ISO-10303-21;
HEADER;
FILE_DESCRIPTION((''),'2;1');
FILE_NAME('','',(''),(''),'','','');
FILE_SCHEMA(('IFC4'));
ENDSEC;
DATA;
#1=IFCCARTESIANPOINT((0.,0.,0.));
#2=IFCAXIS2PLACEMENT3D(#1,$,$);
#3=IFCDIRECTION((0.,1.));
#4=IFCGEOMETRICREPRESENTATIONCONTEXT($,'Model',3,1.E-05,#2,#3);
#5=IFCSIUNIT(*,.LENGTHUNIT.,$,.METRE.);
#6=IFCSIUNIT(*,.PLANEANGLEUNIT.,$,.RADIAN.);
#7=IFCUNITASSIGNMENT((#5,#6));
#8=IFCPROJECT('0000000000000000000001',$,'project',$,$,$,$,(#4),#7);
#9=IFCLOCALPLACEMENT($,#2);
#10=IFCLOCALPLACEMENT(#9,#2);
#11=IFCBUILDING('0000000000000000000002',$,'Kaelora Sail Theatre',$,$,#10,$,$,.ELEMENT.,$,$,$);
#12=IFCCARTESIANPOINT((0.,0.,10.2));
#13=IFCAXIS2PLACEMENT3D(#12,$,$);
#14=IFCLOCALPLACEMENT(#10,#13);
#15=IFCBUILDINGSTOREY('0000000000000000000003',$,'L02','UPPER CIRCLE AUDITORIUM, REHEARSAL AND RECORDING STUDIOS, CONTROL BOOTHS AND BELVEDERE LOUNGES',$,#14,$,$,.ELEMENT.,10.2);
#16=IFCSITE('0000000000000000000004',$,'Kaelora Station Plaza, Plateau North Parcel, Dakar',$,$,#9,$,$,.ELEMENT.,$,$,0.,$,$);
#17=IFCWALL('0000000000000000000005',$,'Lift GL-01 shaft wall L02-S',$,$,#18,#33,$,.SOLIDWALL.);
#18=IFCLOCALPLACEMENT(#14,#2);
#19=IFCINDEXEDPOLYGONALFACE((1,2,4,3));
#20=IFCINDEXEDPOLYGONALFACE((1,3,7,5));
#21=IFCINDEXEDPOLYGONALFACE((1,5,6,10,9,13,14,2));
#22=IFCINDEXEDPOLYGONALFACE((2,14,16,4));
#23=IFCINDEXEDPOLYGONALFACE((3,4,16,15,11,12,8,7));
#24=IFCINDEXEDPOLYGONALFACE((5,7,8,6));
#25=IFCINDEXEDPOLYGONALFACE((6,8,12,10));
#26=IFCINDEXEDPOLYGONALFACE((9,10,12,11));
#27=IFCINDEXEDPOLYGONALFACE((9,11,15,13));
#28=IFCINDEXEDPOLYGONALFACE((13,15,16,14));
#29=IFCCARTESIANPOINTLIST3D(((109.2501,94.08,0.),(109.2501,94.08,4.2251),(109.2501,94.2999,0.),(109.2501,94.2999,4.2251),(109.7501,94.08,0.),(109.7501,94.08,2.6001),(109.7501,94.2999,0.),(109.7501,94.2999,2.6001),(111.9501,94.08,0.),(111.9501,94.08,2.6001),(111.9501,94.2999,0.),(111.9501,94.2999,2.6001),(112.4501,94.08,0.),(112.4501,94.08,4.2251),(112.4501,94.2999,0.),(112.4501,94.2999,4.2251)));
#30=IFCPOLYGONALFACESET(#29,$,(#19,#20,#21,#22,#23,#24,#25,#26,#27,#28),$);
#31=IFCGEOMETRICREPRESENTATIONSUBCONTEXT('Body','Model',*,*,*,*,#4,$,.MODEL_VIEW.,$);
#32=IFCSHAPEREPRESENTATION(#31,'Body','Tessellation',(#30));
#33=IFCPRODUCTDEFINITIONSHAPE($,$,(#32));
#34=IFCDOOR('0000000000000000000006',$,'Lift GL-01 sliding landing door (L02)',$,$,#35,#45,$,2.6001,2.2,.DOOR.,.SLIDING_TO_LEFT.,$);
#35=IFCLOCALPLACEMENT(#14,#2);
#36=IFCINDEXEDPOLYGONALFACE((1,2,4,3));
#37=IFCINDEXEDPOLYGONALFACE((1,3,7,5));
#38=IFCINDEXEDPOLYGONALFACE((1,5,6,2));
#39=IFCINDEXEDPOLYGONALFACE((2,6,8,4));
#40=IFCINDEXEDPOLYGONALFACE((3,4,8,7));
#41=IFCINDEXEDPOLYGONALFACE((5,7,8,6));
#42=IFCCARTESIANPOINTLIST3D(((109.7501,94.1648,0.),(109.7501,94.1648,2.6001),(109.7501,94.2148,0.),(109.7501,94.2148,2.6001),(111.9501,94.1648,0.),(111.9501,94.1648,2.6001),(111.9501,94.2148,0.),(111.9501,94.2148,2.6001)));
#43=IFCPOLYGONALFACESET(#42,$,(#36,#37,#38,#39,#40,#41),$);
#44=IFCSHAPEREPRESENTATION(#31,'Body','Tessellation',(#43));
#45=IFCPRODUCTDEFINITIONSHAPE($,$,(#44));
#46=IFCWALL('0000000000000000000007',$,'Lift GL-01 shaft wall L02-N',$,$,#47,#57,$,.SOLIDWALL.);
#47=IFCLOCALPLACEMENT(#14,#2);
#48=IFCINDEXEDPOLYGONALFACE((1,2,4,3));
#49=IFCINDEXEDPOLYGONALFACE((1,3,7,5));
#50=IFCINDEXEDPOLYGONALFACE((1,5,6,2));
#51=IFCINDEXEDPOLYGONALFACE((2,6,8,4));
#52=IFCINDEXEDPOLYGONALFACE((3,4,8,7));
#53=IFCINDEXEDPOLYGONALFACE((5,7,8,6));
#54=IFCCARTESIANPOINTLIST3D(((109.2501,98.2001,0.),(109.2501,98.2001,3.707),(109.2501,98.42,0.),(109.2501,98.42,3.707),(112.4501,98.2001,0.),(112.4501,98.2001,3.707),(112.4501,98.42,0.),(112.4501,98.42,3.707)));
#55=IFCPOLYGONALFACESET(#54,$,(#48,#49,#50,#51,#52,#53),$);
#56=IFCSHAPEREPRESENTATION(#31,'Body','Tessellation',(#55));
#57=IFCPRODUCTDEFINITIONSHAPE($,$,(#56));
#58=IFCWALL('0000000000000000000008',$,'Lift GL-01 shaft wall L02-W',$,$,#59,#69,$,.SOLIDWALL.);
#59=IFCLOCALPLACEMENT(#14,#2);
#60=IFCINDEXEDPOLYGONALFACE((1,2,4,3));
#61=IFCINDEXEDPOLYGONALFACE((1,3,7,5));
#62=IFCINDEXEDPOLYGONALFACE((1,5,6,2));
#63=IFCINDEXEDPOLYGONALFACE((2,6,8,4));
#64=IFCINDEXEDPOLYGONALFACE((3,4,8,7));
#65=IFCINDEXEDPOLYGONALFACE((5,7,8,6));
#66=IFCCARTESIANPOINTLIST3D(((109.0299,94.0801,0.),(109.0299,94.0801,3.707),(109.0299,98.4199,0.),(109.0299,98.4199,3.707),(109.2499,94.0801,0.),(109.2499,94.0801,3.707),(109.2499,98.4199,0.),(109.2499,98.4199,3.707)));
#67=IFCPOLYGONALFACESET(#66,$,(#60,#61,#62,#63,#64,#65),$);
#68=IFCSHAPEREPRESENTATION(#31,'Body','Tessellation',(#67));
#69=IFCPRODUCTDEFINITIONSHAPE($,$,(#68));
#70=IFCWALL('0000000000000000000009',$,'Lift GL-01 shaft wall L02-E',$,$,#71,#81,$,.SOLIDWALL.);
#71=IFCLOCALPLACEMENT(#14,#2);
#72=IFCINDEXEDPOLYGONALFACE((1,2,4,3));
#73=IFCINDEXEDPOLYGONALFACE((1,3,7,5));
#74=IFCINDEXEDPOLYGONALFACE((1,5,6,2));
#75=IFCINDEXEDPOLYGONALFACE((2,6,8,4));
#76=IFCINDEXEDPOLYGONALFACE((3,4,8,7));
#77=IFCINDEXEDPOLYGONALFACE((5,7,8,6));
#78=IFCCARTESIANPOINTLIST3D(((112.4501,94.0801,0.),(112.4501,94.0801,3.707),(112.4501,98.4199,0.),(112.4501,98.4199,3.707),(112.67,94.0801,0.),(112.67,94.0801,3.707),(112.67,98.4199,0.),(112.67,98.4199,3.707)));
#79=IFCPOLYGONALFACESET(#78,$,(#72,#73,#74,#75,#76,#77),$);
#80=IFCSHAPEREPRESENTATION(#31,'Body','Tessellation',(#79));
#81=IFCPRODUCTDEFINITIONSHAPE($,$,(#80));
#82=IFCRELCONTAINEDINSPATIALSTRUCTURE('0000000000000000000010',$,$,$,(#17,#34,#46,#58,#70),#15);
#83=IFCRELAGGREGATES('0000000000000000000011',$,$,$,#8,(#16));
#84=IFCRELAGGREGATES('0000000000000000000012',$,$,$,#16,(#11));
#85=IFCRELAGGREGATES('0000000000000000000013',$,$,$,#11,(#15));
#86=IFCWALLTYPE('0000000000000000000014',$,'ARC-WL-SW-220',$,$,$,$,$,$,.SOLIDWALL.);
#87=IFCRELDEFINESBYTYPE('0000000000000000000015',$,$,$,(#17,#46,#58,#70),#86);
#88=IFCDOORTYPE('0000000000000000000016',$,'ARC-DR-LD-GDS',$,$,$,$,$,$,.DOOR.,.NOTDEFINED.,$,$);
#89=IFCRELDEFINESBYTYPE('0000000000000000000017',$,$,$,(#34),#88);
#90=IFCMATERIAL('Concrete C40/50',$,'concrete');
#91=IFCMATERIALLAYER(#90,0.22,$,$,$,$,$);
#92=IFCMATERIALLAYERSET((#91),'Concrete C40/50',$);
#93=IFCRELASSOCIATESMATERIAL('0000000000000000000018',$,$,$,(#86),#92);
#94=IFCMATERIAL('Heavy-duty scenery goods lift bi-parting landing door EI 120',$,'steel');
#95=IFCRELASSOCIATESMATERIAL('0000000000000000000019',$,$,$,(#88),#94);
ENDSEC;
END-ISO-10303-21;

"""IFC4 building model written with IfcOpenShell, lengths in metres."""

from ifc_helpers import new_model, si_unit, direction, frame, frame_2d, origin, place, context, subcontext, project, spatial, rectangle, extrude, material, layer, layer_set, type_object, element, fill, save


model = new_model("IFC4")

# Units and contexts
model_context = context("Model", 3, precision=1e-05, world=origin(), true_north=direction((0.0, 1.0)))
body_context = subcontext(model_context, "Body", "Model", "MODEL_VIEW")
ifc_project = project(units=[si_unit("LENGTHUNIT", "METRE"), si_unit("PLANEANGLEUNIT", "RADIAN")], contexts=[model_context])

# Site, building, storey
site_placement = place(None, origin())
site = spatial("IfcSite", under=ifc_project, at=site_placement, Name="Kaelora Station Plaza, Plateau North Parcel, Dakar", CompositionType="ELEMENT", RefElevation=0.0)
building_placement = place(site_placement, origin())
building = spatial("IfcBuilding", under=site, at=building_placement, Name="Kaelora Sail Theatre", CompositionType="ELEMENT")
storey_placement = place(building_placement, frame((0.0, 0.0, 10.2)))
storey = spatial("IfcBuildingStorey", under=building, at=storey_placement, Name="L02", Description="UPPER CIRCLE AUDITORIUM, REHEARSAL AND RECORDING STUDIOS, CONTROL BOOTHS AND BELVEDERE LOUNGES", CompositionType="ELEMENT", Elevation=10.2)

# Wall, opening, door
ifc_material_1 = material(Name="Concrete C40/50", Category="concrete")
ifc_layer_1 = layer(ifc_material_1, 0.22)
ifc_layer_set_1 = layer_set([ifc_layer_1], Name="Concrete C40/50")
wall_type_1 = type_object("IfcWallType", Name="ARC-WL-SW-220", PredefinedType="SOLIDWALL", material=ifc_layer_set_1)
wall_1_placement = place(storey_placement, frame((109.25, 94.1899, 0.0), z_axis=(0.0, 0.0, 1.0), x_axis=(1.0, 0.0, 0.0)))
wall_1 = element("IfcWall", 1, at=wall_1_placement, inside=storey, type_object=wall_type_1, Name="Lift GL-01 shaft wall L02-S", PredefinedType="SOLIDWALL", context=body_context, shape_type="SweptSolid", body=[
    extrude(rectangle(XDim=3.2, YDim=0.22, at=frame_2d((1.6001, 0.0))), origin(), (0.0, 0.0, 1.0), 4.2251),
])
opening_1_placement = place(wall_1_placement, frame((0.5, 0.0, 0.0)))
opening_1 = element("IfcOpeningElement", 2, at=opening_1_placement, cuts=wall_1, PredefinedType="OPENING", context=body_context, shape_type="SweptSolid", body=[
    extrude(rectangle(XDim=2.2, YDim=2.6001, at=frame_2d((1.1001, 1.3))), frame((0.0, 0.1199, 0.0), z_axis=(0.0, -1.0, 0.0), x_axis=(1.0, 0.0, 0.0)), (0.0, 0.0, 1.0), 0.24),
])
ifc_material_2 = material(Name="Heavy-duty scenery goods lift bi-parting landing door EI 120", Category="steel")
door_type_1 = type_object("IfcDoorType", Name="ARC-DR-LD-GDS", OperationType="NOTDEFINED", PredefinedType="DOOR", material=ifc_material_2)
door_1_placement = place(opening_1_placement, origin())
door_1 = element("IfcDoor", 3, at=door_1_placement, inside=storey, type_object=door_type_1, Name="Lift GL-01 sliding landing door (L02)", OperationType="SLIDING_TO_LEFT", OverallHeight=2.6001, OverallWidth=2.2, PredefinedType="DOOR", context=body_context, shape_type="SweptSolid", body=[
    extrude(rectangle(XDim=2.2, YDim=2.6001, at=frame_2d((1.1001, 1.3))), frame((0.0, 0.0249, 0.0), z_axis=(0.0, -1.0, 0.0), x_axis=(1.0, 0.0, 0.0)), (0.0, 0.0, 1.0), 0.05),
])
fill(opening_1, door_1)

# Walls
wall_2_placement = place(storey_placement, frame((109.25, 98.3101, 0.0), z_axis=(0.0, 0.0, 1.0), x_axis=(1.0, 0.0, 0.0)))
element("IfcWall", 4, at=wall_2_placement, inside=storey, type_object=wall_type_1, Name="Lift GL-01 shaft wall L02-N", PredefinedType="SOLIDWALL", context=body_context, shape_type="SweptSolid", body=[
    extrude(rectangle(XDim=3.2, YDim=0.22, at=frame_2d((1.6001, 0.0))), origin(), (0.0, 0.0, 1.0), 3.707),
])
for number, where, z_axis, x_axis, name in (
    (5, (109.1399, 94.0801, 0.0), (0.0, 0.0, 1.0), (0.0, 1.0, 0.0), "Lift GL-01 shaft wall L02-W"),
    (6, (112.5601, 94.0801, 0.0), (0.0, 0.0, 1.0), (0.0, 1.0, 0.0), "Lift GL-01 shaft wall L02-E"),
):
    element("IfcWall", number, at=place(storey_placement, frame(where, z_axis=z_axis, x_axis=x_axis)), inside=storey, type_object=wall_type_1, Name=name, PredefinedType="SOLIDWALL", context=body_context, shape_type="SweptSolid", body=[
        extrude(rectangle(XDim=4.3398, YDim=0.22, at=frame_2d((2.1699, 0.0))), origin(), (0.0, 0.0, 1.0), 3.707),
    ])

save(model, "model.ifc")
